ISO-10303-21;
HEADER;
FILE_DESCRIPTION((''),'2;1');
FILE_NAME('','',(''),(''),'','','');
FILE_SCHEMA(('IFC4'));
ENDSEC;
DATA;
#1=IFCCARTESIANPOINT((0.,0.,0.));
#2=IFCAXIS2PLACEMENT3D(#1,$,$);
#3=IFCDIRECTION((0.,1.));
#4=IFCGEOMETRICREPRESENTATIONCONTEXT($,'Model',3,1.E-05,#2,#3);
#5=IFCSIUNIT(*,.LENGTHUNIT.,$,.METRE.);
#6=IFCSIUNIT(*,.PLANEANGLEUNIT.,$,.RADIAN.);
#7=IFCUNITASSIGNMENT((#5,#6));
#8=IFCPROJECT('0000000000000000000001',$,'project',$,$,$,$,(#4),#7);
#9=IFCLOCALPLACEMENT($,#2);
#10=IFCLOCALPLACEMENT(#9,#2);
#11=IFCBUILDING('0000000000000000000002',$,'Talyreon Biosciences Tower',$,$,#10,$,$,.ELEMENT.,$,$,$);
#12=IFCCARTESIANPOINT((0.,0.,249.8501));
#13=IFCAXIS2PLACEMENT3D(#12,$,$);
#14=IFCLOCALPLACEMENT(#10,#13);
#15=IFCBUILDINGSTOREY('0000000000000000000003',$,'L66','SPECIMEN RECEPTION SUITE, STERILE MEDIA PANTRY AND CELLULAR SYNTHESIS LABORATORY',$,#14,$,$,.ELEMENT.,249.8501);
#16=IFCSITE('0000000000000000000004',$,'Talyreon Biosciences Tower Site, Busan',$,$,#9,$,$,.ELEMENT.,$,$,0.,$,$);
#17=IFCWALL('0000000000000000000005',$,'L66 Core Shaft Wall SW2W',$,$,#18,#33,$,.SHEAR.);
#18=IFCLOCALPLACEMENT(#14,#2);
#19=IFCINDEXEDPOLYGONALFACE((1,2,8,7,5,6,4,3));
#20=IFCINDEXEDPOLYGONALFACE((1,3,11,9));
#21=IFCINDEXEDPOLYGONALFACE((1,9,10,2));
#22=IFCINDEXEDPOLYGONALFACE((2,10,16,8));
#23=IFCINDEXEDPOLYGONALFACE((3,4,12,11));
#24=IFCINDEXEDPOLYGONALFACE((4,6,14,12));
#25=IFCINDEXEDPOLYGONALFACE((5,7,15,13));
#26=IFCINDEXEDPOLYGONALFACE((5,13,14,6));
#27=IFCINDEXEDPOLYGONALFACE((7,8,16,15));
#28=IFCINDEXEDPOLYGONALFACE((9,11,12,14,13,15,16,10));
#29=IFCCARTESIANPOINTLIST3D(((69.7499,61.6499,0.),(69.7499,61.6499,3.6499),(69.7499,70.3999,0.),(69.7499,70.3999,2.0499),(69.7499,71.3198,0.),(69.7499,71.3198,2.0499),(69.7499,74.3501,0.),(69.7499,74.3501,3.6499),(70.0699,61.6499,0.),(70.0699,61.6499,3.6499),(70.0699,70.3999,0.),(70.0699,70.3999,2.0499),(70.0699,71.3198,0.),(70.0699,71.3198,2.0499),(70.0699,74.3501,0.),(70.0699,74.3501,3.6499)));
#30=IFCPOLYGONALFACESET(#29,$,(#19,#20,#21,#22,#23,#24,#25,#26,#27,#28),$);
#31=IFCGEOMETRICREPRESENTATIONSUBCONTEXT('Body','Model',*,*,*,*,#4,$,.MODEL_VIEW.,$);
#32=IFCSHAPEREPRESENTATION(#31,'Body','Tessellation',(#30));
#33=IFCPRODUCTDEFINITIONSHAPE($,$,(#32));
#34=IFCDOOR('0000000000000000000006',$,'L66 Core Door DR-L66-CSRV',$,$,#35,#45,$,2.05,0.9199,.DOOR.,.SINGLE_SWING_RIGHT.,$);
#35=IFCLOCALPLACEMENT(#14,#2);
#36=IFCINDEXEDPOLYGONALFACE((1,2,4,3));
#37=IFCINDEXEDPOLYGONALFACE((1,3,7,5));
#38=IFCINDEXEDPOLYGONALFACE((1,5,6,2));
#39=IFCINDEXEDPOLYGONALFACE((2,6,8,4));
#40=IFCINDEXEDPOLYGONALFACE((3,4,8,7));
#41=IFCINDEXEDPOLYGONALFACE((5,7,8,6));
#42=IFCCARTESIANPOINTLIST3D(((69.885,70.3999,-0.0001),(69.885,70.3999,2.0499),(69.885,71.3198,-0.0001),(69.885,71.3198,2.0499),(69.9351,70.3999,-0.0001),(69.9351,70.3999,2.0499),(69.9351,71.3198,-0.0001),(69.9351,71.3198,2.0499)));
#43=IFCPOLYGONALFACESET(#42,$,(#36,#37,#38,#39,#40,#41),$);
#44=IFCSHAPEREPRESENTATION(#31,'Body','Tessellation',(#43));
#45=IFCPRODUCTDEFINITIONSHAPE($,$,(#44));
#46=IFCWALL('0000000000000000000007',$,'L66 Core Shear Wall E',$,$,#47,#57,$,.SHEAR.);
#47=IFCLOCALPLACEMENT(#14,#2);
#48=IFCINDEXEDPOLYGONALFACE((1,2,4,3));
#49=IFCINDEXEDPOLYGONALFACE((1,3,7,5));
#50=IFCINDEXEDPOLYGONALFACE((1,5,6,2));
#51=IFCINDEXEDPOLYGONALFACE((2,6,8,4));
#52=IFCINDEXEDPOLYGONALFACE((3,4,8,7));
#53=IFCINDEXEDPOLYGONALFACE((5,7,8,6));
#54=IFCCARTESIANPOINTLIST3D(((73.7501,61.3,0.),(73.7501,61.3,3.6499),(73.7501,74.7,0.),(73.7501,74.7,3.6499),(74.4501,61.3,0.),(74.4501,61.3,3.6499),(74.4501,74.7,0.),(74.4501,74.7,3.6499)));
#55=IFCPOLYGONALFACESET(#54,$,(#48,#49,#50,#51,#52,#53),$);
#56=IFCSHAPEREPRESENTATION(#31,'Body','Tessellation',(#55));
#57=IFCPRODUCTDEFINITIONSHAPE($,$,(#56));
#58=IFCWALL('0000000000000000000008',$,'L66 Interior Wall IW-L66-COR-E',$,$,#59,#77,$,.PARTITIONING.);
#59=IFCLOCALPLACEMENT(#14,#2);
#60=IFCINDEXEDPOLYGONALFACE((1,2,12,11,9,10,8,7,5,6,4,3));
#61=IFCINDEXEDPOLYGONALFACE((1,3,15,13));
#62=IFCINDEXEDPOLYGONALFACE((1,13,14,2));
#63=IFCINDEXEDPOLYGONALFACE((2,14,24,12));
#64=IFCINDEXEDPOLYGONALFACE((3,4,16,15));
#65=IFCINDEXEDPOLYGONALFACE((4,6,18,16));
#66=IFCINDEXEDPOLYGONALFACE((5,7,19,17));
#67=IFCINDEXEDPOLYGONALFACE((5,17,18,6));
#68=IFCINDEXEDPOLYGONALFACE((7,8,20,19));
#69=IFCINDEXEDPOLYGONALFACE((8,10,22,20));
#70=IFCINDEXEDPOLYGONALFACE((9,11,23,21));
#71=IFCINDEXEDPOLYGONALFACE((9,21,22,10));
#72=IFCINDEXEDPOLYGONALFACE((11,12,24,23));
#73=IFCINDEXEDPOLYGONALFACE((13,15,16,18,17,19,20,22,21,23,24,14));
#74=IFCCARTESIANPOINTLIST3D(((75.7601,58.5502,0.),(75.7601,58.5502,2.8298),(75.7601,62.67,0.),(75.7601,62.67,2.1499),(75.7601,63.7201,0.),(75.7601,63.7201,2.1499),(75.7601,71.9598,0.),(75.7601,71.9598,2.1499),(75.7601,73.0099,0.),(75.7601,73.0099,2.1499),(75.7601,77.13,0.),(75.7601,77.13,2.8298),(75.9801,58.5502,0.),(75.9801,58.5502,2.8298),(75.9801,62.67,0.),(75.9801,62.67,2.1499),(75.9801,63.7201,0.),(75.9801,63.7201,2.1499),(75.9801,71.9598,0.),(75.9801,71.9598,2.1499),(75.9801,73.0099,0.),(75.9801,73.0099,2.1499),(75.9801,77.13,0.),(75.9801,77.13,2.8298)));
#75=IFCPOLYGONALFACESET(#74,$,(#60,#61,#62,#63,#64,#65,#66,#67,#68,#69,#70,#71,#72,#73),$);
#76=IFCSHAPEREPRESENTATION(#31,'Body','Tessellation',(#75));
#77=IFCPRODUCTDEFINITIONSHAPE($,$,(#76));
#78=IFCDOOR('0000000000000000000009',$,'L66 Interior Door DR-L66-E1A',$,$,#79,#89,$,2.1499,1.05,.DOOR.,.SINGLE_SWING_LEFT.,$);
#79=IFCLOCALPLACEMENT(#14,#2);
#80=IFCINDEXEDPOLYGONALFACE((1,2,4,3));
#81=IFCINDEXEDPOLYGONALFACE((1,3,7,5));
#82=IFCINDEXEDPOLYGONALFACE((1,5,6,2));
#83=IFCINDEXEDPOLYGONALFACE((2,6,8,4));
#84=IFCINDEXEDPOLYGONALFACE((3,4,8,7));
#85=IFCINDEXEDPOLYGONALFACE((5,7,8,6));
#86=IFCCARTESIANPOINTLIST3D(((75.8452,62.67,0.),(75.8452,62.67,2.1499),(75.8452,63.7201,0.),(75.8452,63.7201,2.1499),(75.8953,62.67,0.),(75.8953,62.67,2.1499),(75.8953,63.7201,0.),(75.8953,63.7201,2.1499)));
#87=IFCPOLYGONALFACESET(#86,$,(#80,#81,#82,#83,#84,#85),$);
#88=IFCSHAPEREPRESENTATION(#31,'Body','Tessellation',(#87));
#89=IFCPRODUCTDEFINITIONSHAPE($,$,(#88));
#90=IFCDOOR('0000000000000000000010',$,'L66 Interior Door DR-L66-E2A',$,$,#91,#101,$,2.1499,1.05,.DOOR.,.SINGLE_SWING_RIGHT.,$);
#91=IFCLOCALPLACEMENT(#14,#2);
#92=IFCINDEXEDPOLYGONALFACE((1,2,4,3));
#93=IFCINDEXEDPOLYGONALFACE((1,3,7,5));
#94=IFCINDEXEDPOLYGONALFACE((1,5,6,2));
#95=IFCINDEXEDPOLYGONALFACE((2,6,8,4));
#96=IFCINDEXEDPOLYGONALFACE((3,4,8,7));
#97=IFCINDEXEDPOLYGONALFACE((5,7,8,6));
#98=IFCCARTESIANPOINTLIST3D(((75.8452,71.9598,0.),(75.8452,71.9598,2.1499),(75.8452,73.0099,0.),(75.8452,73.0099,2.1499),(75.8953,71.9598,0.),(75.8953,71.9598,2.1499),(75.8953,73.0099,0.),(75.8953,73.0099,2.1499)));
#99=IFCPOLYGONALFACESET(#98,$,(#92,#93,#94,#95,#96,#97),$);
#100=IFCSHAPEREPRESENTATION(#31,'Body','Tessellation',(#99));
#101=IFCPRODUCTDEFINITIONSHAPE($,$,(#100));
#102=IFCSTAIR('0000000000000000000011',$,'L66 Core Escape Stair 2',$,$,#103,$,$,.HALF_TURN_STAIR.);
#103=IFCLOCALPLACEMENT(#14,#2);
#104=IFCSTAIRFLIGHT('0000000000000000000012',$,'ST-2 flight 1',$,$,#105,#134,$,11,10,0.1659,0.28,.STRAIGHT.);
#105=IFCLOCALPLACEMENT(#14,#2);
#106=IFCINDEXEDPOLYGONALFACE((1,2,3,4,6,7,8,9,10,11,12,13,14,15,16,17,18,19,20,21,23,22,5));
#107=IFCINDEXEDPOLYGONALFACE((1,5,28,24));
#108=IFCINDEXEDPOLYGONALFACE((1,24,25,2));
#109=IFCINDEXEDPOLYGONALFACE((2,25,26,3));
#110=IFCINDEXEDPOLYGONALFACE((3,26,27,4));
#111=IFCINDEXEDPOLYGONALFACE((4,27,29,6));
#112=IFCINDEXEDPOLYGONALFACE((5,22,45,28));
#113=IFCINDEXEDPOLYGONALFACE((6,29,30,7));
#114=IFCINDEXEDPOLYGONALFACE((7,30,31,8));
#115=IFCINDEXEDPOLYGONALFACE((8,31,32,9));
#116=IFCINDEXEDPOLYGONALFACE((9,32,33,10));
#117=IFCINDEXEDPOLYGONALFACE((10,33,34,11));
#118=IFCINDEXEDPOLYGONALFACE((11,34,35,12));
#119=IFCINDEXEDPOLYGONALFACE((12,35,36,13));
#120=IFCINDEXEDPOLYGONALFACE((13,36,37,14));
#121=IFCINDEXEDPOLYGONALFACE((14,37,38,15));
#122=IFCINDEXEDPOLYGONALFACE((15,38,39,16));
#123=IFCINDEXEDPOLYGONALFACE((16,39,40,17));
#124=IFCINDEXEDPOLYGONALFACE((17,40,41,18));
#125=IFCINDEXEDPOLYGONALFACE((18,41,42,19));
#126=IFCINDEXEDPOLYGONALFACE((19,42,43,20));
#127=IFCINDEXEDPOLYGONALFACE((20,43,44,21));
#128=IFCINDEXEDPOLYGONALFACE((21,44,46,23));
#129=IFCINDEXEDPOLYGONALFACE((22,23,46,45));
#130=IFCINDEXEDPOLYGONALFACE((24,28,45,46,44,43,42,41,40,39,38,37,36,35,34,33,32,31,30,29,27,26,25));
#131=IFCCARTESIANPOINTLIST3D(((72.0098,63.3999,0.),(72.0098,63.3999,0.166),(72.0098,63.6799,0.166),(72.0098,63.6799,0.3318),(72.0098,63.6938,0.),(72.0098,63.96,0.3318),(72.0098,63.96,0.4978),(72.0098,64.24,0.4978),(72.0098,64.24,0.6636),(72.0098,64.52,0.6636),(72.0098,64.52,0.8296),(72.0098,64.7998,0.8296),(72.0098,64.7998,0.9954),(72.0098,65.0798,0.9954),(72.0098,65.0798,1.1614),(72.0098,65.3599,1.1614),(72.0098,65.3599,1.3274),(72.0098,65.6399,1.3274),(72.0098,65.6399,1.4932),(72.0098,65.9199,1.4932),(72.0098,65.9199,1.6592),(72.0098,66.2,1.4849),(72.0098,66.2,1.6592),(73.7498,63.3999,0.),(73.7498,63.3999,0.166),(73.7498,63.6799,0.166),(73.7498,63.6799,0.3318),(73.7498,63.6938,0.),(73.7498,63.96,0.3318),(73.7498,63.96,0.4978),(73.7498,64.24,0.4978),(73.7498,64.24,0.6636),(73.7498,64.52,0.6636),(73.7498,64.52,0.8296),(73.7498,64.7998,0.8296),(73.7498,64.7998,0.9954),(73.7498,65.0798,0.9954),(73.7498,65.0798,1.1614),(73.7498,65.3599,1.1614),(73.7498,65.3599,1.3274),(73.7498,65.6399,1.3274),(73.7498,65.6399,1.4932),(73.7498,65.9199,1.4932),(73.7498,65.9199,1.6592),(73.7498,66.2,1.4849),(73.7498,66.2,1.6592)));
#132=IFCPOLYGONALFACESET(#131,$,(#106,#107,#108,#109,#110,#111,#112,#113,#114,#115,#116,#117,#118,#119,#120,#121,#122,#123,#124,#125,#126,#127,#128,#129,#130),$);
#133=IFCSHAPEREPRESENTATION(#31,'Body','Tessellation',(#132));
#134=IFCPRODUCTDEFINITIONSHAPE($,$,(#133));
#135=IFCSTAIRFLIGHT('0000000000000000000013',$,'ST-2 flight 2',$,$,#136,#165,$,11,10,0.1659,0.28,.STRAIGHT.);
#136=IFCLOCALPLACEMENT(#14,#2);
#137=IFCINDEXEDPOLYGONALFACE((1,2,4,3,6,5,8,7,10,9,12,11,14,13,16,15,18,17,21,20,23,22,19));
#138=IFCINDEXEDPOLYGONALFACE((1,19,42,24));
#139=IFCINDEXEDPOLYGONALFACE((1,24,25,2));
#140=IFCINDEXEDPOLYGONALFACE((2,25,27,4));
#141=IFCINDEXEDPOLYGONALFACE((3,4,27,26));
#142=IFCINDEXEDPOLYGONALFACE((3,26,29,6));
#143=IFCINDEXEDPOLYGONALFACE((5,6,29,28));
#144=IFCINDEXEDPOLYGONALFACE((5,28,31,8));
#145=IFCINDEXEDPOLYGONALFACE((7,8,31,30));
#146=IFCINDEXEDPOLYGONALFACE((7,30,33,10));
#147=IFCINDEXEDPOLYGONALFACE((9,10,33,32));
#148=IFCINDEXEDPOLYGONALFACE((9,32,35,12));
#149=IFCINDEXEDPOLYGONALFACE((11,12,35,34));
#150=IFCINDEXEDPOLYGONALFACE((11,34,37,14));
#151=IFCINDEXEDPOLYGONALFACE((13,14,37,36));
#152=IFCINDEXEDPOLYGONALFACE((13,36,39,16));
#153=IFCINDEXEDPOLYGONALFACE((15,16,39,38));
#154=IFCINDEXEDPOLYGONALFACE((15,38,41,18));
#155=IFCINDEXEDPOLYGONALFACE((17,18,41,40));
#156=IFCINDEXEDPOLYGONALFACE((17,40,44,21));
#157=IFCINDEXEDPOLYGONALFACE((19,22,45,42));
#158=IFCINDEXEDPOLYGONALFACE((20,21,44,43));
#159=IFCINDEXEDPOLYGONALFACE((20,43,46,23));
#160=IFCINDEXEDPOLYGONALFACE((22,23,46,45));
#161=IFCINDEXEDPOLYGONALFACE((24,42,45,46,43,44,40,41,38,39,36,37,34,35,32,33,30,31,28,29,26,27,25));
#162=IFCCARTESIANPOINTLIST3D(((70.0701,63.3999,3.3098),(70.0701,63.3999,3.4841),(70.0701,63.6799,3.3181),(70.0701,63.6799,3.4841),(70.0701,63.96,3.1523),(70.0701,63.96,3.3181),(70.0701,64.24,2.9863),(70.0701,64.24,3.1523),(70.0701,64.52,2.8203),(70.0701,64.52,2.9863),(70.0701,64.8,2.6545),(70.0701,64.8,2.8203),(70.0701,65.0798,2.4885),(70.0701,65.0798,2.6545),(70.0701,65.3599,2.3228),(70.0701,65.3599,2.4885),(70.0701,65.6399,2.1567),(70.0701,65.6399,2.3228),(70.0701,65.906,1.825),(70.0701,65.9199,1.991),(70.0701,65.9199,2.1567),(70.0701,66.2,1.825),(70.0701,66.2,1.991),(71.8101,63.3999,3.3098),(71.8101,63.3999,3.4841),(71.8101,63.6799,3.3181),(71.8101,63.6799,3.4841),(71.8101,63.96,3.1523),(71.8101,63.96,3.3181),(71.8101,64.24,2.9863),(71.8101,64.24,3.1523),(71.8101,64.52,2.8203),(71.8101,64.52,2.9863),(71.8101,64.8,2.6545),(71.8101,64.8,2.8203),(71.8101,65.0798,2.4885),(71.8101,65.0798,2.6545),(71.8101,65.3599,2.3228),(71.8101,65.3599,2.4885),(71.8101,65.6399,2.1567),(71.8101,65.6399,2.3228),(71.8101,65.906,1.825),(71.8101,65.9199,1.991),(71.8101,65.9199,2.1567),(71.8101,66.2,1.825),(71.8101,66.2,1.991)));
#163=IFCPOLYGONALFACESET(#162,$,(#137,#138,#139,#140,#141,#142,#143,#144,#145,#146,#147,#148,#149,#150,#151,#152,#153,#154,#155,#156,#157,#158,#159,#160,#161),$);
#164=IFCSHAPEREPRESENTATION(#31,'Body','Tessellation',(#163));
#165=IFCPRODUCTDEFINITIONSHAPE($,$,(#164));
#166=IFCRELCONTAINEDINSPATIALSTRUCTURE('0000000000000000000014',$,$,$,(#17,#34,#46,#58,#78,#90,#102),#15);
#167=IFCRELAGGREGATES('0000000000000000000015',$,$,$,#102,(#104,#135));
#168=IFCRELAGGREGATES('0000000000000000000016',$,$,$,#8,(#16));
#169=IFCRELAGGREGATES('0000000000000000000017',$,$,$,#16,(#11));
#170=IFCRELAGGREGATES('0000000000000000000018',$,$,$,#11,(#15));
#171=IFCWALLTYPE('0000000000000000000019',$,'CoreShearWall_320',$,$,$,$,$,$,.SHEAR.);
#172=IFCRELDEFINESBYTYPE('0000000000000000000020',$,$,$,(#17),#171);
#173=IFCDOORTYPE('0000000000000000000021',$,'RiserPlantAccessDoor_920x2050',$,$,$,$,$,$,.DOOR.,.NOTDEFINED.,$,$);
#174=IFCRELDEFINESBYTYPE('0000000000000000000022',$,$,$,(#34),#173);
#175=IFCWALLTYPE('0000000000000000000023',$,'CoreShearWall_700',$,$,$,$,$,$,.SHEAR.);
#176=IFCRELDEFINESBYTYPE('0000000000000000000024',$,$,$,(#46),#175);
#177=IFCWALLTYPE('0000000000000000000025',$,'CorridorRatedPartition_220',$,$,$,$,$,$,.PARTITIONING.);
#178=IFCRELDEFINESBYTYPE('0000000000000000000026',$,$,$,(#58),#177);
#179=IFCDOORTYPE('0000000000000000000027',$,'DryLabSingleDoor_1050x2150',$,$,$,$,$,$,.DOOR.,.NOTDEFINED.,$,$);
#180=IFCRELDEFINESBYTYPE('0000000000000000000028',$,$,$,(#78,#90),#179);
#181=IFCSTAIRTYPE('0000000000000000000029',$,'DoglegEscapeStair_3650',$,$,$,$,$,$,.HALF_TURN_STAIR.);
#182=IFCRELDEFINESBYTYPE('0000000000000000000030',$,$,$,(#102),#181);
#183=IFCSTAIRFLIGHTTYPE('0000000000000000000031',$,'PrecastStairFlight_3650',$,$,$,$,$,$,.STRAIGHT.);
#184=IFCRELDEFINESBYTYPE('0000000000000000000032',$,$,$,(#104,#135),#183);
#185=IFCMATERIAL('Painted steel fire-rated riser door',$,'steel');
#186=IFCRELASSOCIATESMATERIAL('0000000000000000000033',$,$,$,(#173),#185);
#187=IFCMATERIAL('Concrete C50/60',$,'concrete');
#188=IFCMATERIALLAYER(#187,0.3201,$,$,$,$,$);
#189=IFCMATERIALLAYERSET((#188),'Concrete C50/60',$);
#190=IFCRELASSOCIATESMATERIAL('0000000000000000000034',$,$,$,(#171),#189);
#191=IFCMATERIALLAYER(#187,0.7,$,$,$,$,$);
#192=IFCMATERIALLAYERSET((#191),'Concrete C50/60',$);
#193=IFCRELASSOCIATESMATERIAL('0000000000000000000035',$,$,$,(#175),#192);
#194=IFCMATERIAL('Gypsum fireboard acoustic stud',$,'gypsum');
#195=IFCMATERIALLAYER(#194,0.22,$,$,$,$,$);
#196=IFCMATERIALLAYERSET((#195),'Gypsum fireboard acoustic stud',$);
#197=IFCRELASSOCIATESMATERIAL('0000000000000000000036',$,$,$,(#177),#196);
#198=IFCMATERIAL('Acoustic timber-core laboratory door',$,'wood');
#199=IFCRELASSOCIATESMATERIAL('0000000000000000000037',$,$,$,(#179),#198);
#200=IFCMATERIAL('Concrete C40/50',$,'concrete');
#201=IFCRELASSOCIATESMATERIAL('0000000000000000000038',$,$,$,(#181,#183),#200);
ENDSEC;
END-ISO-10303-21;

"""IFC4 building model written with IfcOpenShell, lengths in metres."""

from ifc_helpers import new_model, si_unit, direction, frame, frame_2d, origin, place, context, subcontext, project, spatial, polyline, rectangle, outline, extrude, material, layer, layer_set, type_object, element, fill, aggregate, save


model = new_model("IFC4")

# Units and contexts
model_context = context("Model", 3, precision=1e-05, world=origin(), true_north=direction((0.0, 1.0)))
body_context = subcontext(model_context, "Body", "Model", "MODEL_VIEW")
ifc_project = project(units=[si_unit("LENGTHUNIT", "METRE"), si_unit("PLANEANGLEUNIT", "RADIAN")], contexts=[model_context])

# Site, building, storey
site_placement = place(None, origin())
site = spatial("IfcSite", under=ifc_project, at=site_placement, Name="Talyreon Biosciences Tower Site, Busan", CompositionType="ELEMENT", RefElevation=0.0)
building_placement = place(site_placement, origin())
building = spatial("IfcBuilding", under=site, at=building_placement, Name="Talyreon Biosciences Tower", CompositionType="ELEMENT")
storey_placement = place(building_placement, frame((0.0, 0.0, 249.8501)))
storey = spatial("IfcBuildingStorey", under=building, at=storey_placement, Name="L66", Description="SPECIMEN RECEPTION SUITE, STERILE MEDIA PANTRY AND CELLULAR SYNTHESIS LABORATORY", CompositionType="ELEMENT", Elevation=249.8501)

# Shared definitions
ifc_material_1 = material(Name="Concrete C50/60", Category="concrete")

# Wall, opening, door
ifc_material_2 = material(Name="Painted steel fire-rated riser door", Category="steel")
door_type_1 = type_object("IfcDoorType", Name="RiserPlantAccessDoor_920x2050", OperationType="NOTDEFINED", PredefinedType="DOOR", material=ifc_material_2)
ifc_layer_1 = layer(ifc_material_1, 0.3201)
ifc_layer_set_1 = layer_set([ifc_layer_1], Name="Concrete C50/60")
wall_type_1 = type_object("IfcWallType", Name="CoreShearWall_320", PredefinedType="SHEAR", material=ifc_layer_set_1)
wall_1_placement = place(storey_placement, frame((69.9099, 61.6499, 0.0), z_axis=(0.0, 0.0, 1.0), x_axis=(0.0, 1.0, 0.0)))
wall_1 = element("IfcWall", 1, at=wall_1_placement, inside=storey, type_object=wall_type_1, Name="L66 Core Shaft Wall SW2W", PredefinedType="SHEAR", context=body_context, shape_type="SweptSolid", body=[
    extrude(rectangle(XDim=12.7002, YDim=0.3201, at=frame_2d((6.3501, 0.0))), origin(), (0.0, 0.0, 1.0), 3.6499),
])
opening_1_placement = place(wall_1_placement, frame((8.75, 0.0, 0.0)))
opening_1 = element("IfcOpeningElement", 2, at=opening_1_placement, cuts=wall_1, PredefinedType="OPENING", context=body_context, shape_type="SweptSolid", body=[
    extrude(rectangle(XDim=0.9199, YDim=2.05, at=frame_2d((0.46, 1.0249))), frame((0.0, 0.1699, 0.0), z_axis=(0.0, -1.0, 0.0), x_axis=(1.0, 0.0, 0.0)), (0.0, 0.0, 1.0), 0.3401),
])
door_1_placement = place(opening_1_placement, origin())
door_1 = element("IfcDoor", 3, at=door_1_placement, inside=storey, type_object=door_type_1, Name="L66 Core Door DR-L66-CSRV", OperationType="SINGLE_SWING_RIGHT", OverallHeight=2.05, OverallWidth=0.9199, PredefinedType="DOOR", context=body_context, shape_type="SweptSolid", body=[
    extrude(rectangle(XDim=0.9199, YDim=2.05, at=frame_2d((0.46, 1.0249))), frame((0.0, 0.0249, 0.0), z_axis=(0.0, -1.0, 0.0), x_axis=(1.0, 0.0, 0.0)), (0.0, 0.0, 1.0), 0.05),
])
fill(opening_1, door_1)

# Wall
ifc_layer_2 = layer(ifc_material_1, 0.7)
ifc_layer_set_2 = layer_set([ifc_layer_2], Name="Concrete C50/60")
wall_type_2 = type_object("IfcWallType", Name="CoreShearWall_700", PredefinedType="SHEAR", material=ifc_layer_set_2)
wall_2_placement = place(storey_placement, frame((74.1001, 61.3, 0.0), z_axis=(0.0, 0.0, 1.0), x_axis=(0.0, 1.0, 0.0)))
element("IfcWall", 4, at=wall_2_placement, inside=storey, type_object=wall_type_2, Name="L66 Core Shear Wall E", PredefinedType="SHEAR", context=body_context, shape_type="SweptSolid", body=[
    extrude(rectangle(XDim=13.3999, YDim=0.7, at=frame_2d((6.7, 0.0))), origin(), (0.0, 0.0, 1.0), 3.6499),
])

# Wall, openings, doors
ifc_material_3 = material(Name="Gypsum fireboard acoustic stud", Category="gypsum")
ifc_layer_3 = layer(ifc_material_3, 0.22)
ifc_layer_set_3 = layer_set([ifc_layer_3], Name="Gypsum fireboard acoustic stud")
wall_type_3 = type_object("IfcWallType", Name="CorridorRatedPartition_220", PredefinedType="PARTITIONING", material=ifc_layer_set_3)
wall_3_placement = place(storey_placement, frame((75.8701, 58.55, 0.0), z_axis=(0.0, 0.0, 1.0), x_axis=(0.0, 1.0, 0.0)))
wall_3 = element("IfcWall", 5, at=wall_3_placement, inside=storey, type_object=wall_type_3, Name="L66 Interior Wall IW-L66-COR-E", PredefinedType="PARTITIONING", context=body_context, shape_type="SweptSolid", body=[
    extrude(rectangle(XDim=18.5798, YDim=0.22, at=frame_2d((9.29, 0.0))), origin(), (0.0, 0.0, 1.0), 2.8298),
])
opening_2_placement = place(wall_3_placement, frame((4.1201, 0.0, 0.0)))
opening_2 = element("IfcOpeningElement", 6, at=opening_2_placement, cuts=wall_3, PredefinedType="OPENING", context=body_context, shape_type="SweptSolid", body=[
    extrude(rectangle(XDim=1.05, YDim=2.1499, at=frame_2d((0.5249, 1.075))), frame((0.0, 0.1199, 0.0), z_axis=(0.0, -1.0, 0.0), x_axis=(1.0, 0.0, 0.0)), (0.0, 0.0, 1.0), 0.24),
])
opening_3_placement = place(wall_3_placement, frame((13.4099, 0.0, 0.0)))
opening_3 = element("IfcOpeningElement", 7, at=opening_3_placement, cuts=wall_3, PredefinedType="OPENING", context=body_context, shape_type="SweptSolid", body=[
    extrude(rectangle(XDim=1.05, YDim=2.1499, at=frame_2d((0.5249, 1.075))), frame((0.0, 0.1199, 0.0), z_axis=(0.0, -1.0, 0.0), x_axis=(1.0, 0.0, 0.0)), (0.0, 0.0, 1.0), 0.24),
])
ifc_material_4 = material(Name="Acoustic timber-core laboratory door", Category="wood")
door_type_2 = type_object("IfcDoorType", Name="DryLabSingleDoor_1050x2150", OperationType="NOTDEFINED", PredefinedType="DOOR", material=ifc_material_4)
door_2_placement = place(opening_2_placement, origin())
door_2 = element("IfcDoor", 8, at=door_2_placement, inside=storey, type_object=door_type_2, Name="L66 Interior Door DR-L66-E1A", OperationType="SINGLE_SWING_LEFT", OverallHeight=2.1499, OverallWidth=1.05, PredefinedType="DOOR", context=body_context, shape_type="SweptSolid", body=[
    extrude(rectangle(XDim=1.05, YDim=2.1499, at=frame_2d((0.5249, 1.075))), frame((0.0, 0.0249, 0.0), z_axis=(0.0, -1.0, 0.0), x_axis=(1.0, 0.0, 0.0)), (0.0, 0.0, 1.0), 0.05),
])
fill(opening_2, door_2)
door_3_placement = place(opening_3_placement, origin())
door_3 = element("IfcDoor", 9, at=door_3_placement, inside=storey, type_object=door_type_2, Name="L66 Interior Door DR-L66-E2A", OperationType="SINGLE_SWING_RIGHT", OverallHeight=2.1499, OverallWidth=1.05, PredefinedType="DOOR", context=body_context, shape_type="SweptSolid", body=[
    extrude(rectangle(XDim=1.05, YDim=2.1499, at=frame_2d((0.5249, 1.075))), frame((0.0, 0.0249, 0.0), z_axis=(0.0, -1.0, 0.0), x_axis=(1.0, 0.0, 0.0)), (0.0, 0.0, 1.0), 0.05),
])
fill(opening_3, door_3)

# Stair, stair flights
ifc_material_5 = material(Name="Concrete C40/50", Category="concrete")
stair_type = type_object("IfcStairType", Name="DoglegEscapeStair_3650", PredefinedType="HALF_TURN_STAIR", material=ifc_material_5)
stair_placement = place(storey_placement, origin())
stair = element("IfcStair", 10, at=stair_placement, inside=storey, type_object=stair_type, Name="L66 Core Escape Stair 2", PredefinedType="HALF_TURN_STAIR")
stair_flight_type = type_object("IfcStairFlightType", Name="PrecastStairFlight_3650", PredefinedType="STRAIGHT", material=ifc_material_5)
stair_flight_1_placement = place(storey_placement, frame((72.8799, 63.3999, 0.0), z_axis=(0.0, 0.0, 1.0), x_axis=(0.0, 1.0, 0.0)))
stair_flight_1 = element("IfcStairFlight", 11, at=stair_flight_1_placement, type_object=stair_flight_type, Name="ST-2 flight 1", NumberOfRisers=11, NumberOfTreads=10, PredefinedType="STRAIGHT", RiserHeight=0.1659, TreadLength=0.28, context=body_context, shape_type="SweptSolid", body=[
    extrude(outline(polyline([(0.0, 0.0), (0.0, 0.166), (0.28, 0.166), (0.28, 0.3318), (0.5601, 0.3318), (0.5601, 0.4978), (0.8401, 0.4978), (0.8401, 0.6636), (1.1201, 0.6636), (1.1201, 0.8296), (1.3999, 0.8296), (1.3999, 0.9954), (1.6799, 0.9954), (1.6799, 1.1614), (1.96, 1.1614), (1.96, 1.3274), (2.24, 1.3274), (2.24, 1.4932), (2.52, 1.4932), (2.52, 1.6592), (2.8, 1.6592), (2.8, 1.825), (2.8, 1.4849), (0.2939, 0.0), (0.0, 0.0)])), frame((0.0, 0.8701, 0.0), z_axis=(0.0, -1.0, 0.0), x_axis=(1.0, 0.0, 0.0)), (0.0, 0.0, 1.0), 1.74),
])
stair_flight_2_placement = place(storey_placement, frame((70.9399, 66.2, 1.825), z_axis=(0.0, 0.0, 1.0), x_axis=(0.0, -1.0, 0.0)))
stair_flight_2 = element("IfcStairFlight", 12, at=stair_flight_2_placement, type_object=stair_flight_type, Name="ST-2 flight 2", NumberOfRisers=11, NumberOfTreads=10, PredefinedType="STRAIGHT", RiserHeight=0.1659, TreadLength=0.28, context=body_context, shape_type="SweptSolid", body=[
    extrude(outline(polyline([(0.0, 0.0), (0.0, 0.166), (0.28, 0.166), (0.28, 0.3318), (0.5601, 0.3318), (0.5601, 0.4978), (0.8401, 0.4978), (0.8401, 0.6636), (1.1201, 0.6636), (1.1201, 0.8296), (1.3999, 0.8296), (1.3999, 0.9954), (1.6799, 0.9954), (1.6799, 1.1614), (1.96, 1.1614), (1.96, 1.3274), (2.24, 1.3274), (2.24, 1.4932), (2.52, 1.4932), (2.52, 1.6592), (2.8, 1.6592), (2.8, 1.825), (2.8, 1.4849), (0.2939, 0.0), (0.0, 0.0)])), frame((0.0, 0.8701, 0.0), z_axis=(0.0, -1.0, 0.0), x_axis=(1.0, 0.0, 0.0)), (0.0, 0.0, 1.0), 1.74),
])
aggregate(stair, [stair_flight_1, stair_flight_2])

save(model, "model.ifc")
